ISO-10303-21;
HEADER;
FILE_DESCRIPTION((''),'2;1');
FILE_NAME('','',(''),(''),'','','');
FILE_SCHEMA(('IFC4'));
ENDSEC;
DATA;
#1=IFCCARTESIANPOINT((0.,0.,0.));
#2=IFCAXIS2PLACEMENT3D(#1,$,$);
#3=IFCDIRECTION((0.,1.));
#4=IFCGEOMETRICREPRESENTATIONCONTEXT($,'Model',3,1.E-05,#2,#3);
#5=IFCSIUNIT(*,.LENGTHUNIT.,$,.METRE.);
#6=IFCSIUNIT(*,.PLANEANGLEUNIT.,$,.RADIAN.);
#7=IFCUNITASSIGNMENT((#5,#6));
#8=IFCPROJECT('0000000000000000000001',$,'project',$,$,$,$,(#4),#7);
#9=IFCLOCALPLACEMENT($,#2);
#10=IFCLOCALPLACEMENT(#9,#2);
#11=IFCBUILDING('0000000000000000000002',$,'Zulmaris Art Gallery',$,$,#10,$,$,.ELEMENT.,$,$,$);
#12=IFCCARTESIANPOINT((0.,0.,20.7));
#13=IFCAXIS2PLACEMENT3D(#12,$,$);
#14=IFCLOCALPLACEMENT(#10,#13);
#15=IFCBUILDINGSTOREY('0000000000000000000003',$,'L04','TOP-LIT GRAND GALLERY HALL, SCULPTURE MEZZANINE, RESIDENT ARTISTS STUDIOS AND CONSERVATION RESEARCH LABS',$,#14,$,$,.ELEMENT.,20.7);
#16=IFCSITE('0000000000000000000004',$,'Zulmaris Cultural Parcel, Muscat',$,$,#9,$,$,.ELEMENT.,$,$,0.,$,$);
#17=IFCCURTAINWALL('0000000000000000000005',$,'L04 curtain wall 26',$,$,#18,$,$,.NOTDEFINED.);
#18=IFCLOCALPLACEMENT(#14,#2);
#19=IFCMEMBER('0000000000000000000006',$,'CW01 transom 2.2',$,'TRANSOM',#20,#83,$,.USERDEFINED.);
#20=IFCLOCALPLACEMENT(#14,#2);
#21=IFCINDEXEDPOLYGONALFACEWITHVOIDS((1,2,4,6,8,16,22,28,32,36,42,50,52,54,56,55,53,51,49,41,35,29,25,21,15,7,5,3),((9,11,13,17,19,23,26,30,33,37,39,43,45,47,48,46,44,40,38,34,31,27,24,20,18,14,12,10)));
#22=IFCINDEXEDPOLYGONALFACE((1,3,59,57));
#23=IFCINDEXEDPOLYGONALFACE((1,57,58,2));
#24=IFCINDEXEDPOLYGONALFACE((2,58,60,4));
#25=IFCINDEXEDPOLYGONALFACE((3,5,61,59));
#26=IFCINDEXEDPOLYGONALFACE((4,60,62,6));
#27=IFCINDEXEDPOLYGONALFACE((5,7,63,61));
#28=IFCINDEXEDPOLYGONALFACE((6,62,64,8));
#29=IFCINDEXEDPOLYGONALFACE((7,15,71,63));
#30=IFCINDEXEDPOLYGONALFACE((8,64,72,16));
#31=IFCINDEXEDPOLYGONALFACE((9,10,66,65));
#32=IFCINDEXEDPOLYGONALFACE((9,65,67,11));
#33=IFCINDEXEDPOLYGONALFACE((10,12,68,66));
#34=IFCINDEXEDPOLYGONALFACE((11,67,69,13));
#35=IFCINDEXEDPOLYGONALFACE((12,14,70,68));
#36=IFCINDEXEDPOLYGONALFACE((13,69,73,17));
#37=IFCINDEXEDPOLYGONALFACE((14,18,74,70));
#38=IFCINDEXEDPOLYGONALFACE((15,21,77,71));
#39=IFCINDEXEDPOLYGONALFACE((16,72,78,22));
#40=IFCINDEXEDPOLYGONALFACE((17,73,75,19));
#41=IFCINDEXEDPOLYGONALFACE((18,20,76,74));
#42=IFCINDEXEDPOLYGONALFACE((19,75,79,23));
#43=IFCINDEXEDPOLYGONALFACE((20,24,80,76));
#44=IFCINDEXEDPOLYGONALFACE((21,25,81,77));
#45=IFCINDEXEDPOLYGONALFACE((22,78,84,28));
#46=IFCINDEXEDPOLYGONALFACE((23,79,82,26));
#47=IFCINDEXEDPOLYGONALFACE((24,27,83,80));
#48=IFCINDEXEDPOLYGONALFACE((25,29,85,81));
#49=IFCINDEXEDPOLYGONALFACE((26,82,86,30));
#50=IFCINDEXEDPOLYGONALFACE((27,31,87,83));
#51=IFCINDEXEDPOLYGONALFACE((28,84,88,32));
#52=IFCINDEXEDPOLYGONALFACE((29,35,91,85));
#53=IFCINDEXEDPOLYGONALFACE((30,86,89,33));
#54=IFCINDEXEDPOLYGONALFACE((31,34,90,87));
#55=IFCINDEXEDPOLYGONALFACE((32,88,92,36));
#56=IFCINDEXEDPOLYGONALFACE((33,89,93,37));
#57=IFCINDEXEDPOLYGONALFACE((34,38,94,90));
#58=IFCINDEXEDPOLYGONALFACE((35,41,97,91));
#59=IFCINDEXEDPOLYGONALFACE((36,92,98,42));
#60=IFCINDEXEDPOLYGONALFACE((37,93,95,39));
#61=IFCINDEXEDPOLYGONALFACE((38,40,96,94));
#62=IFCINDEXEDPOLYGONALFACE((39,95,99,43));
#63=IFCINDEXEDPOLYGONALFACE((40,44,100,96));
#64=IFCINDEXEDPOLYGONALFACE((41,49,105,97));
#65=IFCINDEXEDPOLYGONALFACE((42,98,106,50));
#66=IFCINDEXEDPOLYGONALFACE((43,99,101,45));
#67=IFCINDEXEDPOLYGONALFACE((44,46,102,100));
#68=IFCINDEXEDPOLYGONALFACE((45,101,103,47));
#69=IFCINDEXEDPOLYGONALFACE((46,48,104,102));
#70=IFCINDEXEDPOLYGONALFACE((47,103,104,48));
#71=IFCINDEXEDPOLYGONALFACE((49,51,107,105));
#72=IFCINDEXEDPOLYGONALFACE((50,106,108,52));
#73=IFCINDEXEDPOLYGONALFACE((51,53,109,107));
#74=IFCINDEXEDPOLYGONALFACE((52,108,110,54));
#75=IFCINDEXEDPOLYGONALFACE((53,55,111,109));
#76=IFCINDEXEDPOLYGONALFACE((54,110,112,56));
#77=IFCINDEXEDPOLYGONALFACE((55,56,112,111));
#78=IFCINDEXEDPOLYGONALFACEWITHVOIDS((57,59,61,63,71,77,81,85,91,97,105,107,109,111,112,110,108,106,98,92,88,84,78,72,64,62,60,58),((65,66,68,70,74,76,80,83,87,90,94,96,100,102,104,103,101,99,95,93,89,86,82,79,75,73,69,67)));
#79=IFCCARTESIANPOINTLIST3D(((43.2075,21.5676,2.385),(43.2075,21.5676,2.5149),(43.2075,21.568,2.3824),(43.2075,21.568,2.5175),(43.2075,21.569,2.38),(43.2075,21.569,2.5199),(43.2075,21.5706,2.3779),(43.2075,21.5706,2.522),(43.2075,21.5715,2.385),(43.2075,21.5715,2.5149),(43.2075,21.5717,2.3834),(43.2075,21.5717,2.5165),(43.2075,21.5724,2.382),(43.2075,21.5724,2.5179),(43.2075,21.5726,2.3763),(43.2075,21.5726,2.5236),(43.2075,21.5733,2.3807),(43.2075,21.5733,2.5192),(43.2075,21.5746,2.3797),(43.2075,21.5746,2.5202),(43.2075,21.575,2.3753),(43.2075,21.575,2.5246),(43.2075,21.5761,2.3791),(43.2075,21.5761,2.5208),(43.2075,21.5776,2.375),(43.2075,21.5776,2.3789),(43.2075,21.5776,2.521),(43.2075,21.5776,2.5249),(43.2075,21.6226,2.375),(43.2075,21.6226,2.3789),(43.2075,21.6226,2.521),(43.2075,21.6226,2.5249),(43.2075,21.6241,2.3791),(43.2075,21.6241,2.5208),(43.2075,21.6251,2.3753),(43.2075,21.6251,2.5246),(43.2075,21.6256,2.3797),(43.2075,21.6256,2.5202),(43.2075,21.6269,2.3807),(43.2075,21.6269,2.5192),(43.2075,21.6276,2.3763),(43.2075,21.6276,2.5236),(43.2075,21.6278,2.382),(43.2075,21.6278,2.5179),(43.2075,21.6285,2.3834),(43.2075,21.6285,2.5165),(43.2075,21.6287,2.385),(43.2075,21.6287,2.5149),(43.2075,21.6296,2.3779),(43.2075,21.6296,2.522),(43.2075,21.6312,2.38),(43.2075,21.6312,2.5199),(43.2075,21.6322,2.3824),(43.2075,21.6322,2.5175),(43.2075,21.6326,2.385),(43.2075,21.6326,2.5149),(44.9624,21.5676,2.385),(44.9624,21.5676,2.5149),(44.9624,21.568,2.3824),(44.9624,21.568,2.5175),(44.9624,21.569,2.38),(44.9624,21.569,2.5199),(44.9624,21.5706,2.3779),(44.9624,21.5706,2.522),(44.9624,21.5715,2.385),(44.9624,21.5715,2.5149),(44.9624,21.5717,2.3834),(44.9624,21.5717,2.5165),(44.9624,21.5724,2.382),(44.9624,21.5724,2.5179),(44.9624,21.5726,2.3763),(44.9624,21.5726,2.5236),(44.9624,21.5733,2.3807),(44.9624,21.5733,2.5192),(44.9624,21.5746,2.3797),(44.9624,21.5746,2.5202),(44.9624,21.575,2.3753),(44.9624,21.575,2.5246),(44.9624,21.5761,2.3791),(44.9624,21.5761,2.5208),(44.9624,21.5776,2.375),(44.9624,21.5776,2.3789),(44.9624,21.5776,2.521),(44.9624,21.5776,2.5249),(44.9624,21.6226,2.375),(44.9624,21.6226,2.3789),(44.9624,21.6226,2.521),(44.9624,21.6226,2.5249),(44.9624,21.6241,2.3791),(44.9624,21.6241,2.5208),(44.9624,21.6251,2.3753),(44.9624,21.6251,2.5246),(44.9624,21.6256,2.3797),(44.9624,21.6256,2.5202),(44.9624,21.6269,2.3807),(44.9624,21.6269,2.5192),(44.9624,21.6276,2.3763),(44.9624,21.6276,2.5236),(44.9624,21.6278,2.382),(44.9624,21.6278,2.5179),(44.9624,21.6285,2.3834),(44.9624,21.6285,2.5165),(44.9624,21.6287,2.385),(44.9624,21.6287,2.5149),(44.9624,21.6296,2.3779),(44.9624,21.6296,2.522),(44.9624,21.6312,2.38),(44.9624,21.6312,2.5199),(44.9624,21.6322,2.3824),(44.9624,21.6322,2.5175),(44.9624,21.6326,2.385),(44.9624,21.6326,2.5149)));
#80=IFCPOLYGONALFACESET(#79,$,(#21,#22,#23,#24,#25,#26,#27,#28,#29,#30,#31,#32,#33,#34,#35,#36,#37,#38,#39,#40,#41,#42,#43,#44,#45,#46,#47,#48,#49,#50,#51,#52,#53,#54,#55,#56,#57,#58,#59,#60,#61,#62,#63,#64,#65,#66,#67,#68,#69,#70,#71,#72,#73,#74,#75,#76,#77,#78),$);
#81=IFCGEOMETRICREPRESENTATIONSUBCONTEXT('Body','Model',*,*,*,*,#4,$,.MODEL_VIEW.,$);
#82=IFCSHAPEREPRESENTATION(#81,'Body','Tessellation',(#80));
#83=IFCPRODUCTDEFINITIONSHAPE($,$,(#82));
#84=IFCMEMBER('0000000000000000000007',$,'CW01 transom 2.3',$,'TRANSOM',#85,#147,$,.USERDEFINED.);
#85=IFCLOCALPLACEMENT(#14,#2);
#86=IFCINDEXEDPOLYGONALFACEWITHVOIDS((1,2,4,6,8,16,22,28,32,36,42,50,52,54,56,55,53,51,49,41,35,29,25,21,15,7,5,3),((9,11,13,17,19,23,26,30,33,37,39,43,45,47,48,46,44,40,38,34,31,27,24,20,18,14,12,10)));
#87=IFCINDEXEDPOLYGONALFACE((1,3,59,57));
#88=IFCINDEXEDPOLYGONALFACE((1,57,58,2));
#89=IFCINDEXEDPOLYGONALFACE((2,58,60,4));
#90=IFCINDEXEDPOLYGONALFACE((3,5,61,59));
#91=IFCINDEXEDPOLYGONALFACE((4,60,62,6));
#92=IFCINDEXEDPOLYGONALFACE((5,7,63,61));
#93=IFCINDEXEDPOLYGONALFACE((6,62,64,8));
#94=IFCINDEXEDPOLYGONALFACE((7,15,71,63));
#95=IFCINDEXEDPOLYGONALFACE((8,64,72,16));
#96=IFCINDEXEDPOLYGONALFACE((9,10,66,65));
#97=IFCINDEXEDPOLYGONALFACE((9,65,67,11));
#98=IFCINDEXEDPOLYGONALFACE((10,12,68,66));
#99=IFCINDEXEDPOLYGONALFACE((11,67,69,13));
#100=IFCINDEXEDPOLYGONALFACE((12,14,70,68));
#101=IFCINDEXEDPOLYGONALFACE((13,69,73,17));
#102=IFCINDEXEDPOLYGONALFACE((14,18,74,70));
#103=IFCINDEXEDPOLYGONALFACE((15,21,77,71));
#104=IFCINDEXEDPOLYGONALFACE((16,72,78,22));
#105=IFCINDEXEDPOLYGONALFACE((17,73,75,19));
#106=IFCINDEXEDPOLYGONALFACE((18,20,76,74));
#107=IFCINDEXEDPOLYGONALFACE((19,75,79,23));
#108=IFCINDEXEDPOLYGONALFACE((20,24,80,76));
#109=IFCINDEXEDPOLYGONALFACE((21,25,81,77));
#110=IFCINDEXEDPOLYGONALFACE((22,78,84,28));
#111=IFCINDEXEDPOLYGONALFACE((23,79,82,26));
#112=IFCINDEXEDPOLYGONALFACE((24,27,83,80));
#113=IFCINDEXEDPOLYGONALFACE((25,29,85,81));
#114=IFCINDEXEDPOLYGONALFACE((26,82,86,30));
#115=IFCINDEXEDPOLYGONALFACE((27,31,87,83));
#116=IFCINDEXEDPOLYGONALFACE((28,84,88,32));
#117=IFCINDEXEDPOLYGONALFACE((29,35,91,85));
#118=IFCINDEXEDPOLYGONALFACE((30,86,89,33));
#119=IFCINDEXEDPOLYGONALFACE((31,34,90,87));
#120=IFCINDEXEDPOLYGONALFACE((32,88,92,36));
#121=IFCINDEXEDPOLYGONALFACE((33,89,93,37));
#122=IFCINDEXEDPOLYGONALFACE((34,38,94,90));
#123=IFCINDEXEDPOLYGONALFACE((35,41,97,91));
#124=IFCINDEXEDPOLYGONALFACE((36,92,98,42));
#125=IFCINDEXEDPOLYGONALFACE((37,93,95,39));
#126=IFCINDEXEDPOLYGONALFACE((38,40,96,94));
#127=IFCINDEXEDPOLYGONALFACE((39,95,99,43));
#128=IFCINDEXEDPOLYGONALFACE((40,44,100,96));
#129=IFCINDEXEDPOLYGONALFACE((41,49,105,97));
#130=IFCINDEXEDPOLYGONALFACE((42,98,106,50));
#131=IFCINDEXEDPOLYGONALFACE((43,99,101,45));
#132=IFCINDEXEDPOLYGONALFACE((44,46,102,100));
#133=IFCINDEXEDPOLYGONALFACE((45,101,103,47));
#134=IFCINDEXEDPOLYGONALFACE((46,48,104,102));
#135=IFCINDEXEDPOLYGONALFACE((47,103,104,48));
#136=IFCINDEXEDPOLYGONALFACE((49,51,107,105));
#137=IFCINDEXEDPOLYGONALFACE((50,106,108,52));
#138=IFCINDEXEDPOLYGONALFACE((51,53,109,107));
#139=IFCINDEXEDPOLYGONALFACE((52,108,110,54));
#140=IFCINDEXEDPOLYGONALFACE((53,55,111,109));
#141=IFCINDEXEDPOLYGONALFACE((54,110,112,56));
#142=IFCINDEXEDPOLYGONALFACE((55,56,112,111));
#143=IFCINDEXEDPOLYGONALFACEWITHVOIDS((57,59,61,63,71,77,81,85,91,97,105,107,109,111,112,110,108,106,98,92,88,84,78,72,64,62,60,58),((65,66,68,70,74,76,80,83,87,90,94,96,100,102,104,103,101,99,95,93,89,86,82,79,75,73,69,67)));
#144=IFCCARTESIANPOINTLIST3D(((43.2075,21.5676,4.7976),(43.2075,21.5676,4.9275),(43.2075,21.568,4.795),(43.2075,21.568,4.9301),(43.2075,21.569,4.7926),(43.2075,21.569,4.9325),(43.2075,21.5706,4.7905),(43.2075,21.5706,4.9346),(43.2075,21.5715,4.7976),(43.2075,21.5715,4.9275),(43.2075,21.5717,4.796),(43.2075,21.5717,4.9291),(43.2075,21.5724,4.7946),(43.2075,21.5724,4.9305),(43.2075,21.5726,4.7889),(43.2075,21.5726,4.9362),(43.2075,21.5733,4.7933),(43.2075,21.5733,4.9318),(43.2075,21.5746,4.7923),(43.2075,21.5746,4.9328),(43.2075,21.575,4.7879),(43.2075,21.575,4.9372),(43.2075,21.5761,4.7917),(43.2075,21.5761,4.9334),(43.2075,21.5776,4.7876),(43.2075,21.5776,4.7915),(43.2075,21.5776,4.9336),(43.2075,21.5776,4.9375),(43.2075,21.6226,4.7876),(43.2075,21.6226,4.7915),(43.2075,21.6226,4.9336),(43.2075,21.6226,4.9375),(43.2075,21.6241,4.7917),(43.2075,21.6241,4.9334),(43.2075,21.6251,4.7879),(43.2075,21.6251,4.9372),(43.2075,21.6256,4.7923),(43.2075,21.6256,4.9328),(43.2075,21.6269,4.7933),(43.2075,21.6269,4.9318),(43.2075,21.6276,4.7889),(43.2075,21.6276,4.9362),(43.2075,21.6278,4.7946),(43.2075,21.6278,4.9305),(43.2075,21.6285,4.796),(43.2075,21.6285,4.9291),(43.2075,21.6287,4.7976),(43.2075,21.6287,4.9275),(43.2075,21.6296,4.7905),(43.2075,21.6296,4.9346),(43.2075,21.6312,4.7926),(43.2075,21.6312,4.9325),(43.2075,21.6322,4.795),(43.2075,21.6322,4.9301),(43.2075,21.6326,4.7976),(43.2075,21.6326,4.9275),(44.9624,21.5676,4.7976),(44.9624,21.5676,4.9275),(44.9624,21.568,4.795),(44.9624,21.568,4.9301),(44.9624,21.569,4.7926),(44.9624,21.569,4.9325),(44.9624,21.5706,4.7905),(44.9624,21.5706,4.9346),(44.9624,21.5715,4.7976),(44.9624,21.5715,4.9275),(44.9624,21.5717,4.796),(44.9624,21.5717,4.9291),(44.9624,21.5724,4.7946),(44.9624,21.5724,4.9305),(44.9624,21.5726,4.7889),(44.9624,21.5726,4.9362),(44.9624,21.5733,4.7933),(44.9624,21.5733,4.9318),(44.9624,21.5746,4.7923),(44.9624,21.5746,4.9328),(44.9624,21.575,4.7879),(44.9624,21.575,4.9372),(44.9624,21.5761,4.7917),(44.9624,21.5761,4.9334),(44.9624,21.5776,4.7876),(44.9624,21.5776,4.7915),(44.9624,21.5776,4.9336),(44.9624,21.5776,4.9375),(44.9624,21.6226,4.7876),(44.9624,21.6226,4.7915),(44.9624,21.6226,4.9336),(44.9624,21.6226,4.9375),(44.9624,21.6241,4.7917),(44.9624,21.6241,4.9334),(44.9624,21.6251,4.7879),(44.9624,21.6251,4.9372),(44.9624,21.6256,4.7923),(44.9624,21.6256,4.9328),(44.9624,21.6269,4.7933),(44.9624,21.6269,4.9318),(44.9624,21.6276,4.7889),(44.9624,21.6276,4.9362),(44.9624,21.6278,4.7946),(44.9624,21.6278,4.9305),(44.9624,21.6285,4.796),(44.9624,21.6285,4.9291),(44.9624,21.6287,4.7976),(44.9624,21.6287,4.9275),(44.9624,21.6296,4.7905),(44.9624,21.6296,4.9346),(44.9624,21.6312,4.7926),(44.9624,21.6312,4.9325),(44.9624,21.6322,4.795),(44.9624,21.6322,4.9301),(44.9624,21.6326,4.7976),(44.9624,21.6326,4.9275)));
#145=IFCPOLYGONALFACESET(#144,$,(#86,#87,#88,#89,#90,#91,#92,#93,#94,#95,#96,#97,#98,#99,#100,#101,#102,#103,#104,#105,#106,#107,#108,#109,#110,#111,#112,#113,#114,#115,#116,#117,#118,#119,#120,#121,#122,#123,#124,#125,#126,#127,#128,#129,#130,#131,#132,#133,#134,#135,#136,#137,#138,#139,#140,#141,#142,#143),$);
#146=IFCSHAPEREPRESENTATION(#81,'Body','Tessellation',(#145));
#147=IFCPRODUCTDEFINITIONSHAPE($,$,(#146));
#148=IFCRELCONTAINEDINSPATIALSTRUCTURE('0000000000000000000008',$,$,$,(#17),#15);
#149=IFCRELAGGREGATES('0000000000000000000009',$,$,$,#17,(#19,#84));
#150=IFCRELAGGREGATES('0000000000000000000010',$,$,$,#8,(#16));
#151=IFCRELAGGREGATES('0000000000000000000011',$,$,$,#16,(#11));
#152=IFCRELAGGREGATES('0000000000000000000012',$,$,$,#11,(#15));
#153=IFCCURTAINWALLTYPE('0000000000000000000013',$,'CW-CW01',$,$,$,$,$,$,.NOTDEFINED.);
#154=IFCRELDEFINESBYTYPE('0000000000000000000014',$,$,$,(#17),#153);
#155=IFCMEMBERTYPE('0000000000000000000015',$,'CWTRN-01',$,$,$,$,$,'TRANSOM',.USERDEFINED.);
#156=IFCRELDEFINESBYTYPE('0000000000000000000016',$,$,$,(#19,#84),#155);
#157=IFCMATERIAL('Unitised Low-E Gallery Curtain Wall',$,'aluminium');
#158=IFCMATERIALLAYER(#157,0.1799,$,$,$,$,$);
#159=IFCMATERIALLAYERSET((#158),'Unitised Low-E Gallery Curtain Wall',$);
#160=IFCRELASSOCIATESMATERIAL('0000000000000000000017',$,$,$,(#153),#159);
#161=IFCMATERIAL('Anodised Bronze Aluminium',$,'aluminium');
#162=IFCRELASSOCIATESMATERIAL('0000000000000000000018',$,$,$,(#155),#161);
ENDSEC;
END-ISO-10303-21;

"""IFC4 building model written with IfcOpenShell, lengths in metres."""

from ifc_helpers import new_model, si_unit, direction, frame, origin, origin_2d, place, context, subcontext, project, spatial, hollow_rectangle, extrude, material, layer, layer_set, material_profile, profile_set, type_object, element, aggregate, save


model = new_model("IFC4")

# Units and contexts
model_context = context("Model", 3, precision=1e-05, world=origin(), true_north=direction((0.0, 1.0)))
body_context = subcontext(model_context, "Body", "Model", "MODEL_VIEW")
ifc_project = project(units=[si_unit("LENGTHUNIT", "METRE"), si_unit("PLANEANGLEUNIT", "RADIAN")], contexts=[model_context])

# Site, building, storey
site_placement = place(None, origin())
site = spatial("IfcSite", under=ifc_project, at=site_placement, Name="Zulmaris Cultural Parcel, Muscat", CompositionType="ELEMENT", RefElevation=0.0)
building_placement = place(site_placement, origin())
building = spatial("IfcBuilding", under=site, at=building_placement, Name="Zulmaris Art Gallery", CompositionType="ELEMENT")
storey_placement = place(building_placement, frame((0.0, 0.0, 20.7)))
storey = spatial("IfcBuildingStorey", under=building, at=storey_placement, Name="L04", Description="TOP-LIT GRAND GALLERY HALL, SCULPTURE MEZZANINE, RESIDENT ARTISTS STUDIOS AND CONSERVATION RESEARCH LABS", CompositionType="ELEMENT", Elevation=20.7)

# Curtain wall
ifc_material_1 = material(Name="Unitised Low-E Gallery Curtain Wall", Category="aluminium")
ifc_layer_1 = layer(ifc_material_1, 0.1799)
ifc_layer_set_1 = layer_set([ifc_layer_1], Name="Unitised Low-E Gallery Curtain Wall")
curtain_wall_type_1 = type_object("IfcCurtainWallType", Name="CW-CW01", PredefinedType="NOTDEFINED", material=ifc_layer_set_1)
curtain_wall_1_placement = place(storey_placement, origin())
curtain_wall_1 = element("IfcCurtainWall", 1, at=curtain_wall_1_placement, inside=storey, type_object=curtain_wall_type_1, Name="L04 curtain wall 26", PredefinedType="NOTDEFINED")
ifc_material_2 = material(Name="Anodised Bronze Aluminium", Category="aluminium")

# Members
ifc_material_profile_1 = material_profile(ifc_material_2, hollow_rectangle(XDim=0.0649, YDim=0.1499, WallThickness=0.0039, InnerFilletRadius=0.0061, OuterFilletRadius=0.01, at=origin_2d()), Name="ALU 65x150x4")
ifc_profile_set_1 = profile_set([ifc_material_profile_1], Name="Anodised Bronze Aluminium")
member_type_1 = type_object("IfcMemberType", Name="CWTRN-01", ElementType="TRANSOM", PredefinedType="USERDEFINED", material=ifc_profile_set_1)
member_1_placement = place(storey_placement, frame((43.2075, 21.6001, 2.45), z_axis=(1.0, 0.0, 0.0), x_axis=(0.0, 1.0, 0.0)))
member_1 = element("IfcMember", 2, at=member_1_placement, type_object=member_type_1, Name="CW01 transom 2.2", ObjectType="TRANSOM", PredefinedType="USERDEFINED", context=body_context, shape_type="SweptSolid", body=[
    extrude(hollow_rectangle(XDim=0.0649, YDim=0.1499, WallThickness=0.0039, InnerFilletRadius=0.0061, OuterFilletRadius=0.01, at=origin_2d()), origin(), (0.0, 0.0, 1.0), 1.7549),
])
member_2_placement = place(storey_placement, frame((43.2075, 21.6001, 4.8625), z_axis=(1.0, 0.0, 0.0), x_axis=(0.0, 1.0, 0.0)))
member_2 = element("IfcMember", 3, at=member_2_placement, type_object=member_type_1, Name="CW01 transom 2.3", ObjectType="TRANSOM", PredefinedType="USERDEFINED", context=body_context, shape_type="SweptSolid", body=[
    extrude(hollow_rectangle(XDim=0.0649, YDim=0.1499, WallThickness=0.0039, InnerFilletRadius=0.0061, OuterFilletRadius=0.01, at=origin_2d()), origin(), (0.0, 0.0, 1.0), 1.7549),
])

aggregate(curtain_wall_1, [member_1, member_2])

save(model, "model.ifc")
